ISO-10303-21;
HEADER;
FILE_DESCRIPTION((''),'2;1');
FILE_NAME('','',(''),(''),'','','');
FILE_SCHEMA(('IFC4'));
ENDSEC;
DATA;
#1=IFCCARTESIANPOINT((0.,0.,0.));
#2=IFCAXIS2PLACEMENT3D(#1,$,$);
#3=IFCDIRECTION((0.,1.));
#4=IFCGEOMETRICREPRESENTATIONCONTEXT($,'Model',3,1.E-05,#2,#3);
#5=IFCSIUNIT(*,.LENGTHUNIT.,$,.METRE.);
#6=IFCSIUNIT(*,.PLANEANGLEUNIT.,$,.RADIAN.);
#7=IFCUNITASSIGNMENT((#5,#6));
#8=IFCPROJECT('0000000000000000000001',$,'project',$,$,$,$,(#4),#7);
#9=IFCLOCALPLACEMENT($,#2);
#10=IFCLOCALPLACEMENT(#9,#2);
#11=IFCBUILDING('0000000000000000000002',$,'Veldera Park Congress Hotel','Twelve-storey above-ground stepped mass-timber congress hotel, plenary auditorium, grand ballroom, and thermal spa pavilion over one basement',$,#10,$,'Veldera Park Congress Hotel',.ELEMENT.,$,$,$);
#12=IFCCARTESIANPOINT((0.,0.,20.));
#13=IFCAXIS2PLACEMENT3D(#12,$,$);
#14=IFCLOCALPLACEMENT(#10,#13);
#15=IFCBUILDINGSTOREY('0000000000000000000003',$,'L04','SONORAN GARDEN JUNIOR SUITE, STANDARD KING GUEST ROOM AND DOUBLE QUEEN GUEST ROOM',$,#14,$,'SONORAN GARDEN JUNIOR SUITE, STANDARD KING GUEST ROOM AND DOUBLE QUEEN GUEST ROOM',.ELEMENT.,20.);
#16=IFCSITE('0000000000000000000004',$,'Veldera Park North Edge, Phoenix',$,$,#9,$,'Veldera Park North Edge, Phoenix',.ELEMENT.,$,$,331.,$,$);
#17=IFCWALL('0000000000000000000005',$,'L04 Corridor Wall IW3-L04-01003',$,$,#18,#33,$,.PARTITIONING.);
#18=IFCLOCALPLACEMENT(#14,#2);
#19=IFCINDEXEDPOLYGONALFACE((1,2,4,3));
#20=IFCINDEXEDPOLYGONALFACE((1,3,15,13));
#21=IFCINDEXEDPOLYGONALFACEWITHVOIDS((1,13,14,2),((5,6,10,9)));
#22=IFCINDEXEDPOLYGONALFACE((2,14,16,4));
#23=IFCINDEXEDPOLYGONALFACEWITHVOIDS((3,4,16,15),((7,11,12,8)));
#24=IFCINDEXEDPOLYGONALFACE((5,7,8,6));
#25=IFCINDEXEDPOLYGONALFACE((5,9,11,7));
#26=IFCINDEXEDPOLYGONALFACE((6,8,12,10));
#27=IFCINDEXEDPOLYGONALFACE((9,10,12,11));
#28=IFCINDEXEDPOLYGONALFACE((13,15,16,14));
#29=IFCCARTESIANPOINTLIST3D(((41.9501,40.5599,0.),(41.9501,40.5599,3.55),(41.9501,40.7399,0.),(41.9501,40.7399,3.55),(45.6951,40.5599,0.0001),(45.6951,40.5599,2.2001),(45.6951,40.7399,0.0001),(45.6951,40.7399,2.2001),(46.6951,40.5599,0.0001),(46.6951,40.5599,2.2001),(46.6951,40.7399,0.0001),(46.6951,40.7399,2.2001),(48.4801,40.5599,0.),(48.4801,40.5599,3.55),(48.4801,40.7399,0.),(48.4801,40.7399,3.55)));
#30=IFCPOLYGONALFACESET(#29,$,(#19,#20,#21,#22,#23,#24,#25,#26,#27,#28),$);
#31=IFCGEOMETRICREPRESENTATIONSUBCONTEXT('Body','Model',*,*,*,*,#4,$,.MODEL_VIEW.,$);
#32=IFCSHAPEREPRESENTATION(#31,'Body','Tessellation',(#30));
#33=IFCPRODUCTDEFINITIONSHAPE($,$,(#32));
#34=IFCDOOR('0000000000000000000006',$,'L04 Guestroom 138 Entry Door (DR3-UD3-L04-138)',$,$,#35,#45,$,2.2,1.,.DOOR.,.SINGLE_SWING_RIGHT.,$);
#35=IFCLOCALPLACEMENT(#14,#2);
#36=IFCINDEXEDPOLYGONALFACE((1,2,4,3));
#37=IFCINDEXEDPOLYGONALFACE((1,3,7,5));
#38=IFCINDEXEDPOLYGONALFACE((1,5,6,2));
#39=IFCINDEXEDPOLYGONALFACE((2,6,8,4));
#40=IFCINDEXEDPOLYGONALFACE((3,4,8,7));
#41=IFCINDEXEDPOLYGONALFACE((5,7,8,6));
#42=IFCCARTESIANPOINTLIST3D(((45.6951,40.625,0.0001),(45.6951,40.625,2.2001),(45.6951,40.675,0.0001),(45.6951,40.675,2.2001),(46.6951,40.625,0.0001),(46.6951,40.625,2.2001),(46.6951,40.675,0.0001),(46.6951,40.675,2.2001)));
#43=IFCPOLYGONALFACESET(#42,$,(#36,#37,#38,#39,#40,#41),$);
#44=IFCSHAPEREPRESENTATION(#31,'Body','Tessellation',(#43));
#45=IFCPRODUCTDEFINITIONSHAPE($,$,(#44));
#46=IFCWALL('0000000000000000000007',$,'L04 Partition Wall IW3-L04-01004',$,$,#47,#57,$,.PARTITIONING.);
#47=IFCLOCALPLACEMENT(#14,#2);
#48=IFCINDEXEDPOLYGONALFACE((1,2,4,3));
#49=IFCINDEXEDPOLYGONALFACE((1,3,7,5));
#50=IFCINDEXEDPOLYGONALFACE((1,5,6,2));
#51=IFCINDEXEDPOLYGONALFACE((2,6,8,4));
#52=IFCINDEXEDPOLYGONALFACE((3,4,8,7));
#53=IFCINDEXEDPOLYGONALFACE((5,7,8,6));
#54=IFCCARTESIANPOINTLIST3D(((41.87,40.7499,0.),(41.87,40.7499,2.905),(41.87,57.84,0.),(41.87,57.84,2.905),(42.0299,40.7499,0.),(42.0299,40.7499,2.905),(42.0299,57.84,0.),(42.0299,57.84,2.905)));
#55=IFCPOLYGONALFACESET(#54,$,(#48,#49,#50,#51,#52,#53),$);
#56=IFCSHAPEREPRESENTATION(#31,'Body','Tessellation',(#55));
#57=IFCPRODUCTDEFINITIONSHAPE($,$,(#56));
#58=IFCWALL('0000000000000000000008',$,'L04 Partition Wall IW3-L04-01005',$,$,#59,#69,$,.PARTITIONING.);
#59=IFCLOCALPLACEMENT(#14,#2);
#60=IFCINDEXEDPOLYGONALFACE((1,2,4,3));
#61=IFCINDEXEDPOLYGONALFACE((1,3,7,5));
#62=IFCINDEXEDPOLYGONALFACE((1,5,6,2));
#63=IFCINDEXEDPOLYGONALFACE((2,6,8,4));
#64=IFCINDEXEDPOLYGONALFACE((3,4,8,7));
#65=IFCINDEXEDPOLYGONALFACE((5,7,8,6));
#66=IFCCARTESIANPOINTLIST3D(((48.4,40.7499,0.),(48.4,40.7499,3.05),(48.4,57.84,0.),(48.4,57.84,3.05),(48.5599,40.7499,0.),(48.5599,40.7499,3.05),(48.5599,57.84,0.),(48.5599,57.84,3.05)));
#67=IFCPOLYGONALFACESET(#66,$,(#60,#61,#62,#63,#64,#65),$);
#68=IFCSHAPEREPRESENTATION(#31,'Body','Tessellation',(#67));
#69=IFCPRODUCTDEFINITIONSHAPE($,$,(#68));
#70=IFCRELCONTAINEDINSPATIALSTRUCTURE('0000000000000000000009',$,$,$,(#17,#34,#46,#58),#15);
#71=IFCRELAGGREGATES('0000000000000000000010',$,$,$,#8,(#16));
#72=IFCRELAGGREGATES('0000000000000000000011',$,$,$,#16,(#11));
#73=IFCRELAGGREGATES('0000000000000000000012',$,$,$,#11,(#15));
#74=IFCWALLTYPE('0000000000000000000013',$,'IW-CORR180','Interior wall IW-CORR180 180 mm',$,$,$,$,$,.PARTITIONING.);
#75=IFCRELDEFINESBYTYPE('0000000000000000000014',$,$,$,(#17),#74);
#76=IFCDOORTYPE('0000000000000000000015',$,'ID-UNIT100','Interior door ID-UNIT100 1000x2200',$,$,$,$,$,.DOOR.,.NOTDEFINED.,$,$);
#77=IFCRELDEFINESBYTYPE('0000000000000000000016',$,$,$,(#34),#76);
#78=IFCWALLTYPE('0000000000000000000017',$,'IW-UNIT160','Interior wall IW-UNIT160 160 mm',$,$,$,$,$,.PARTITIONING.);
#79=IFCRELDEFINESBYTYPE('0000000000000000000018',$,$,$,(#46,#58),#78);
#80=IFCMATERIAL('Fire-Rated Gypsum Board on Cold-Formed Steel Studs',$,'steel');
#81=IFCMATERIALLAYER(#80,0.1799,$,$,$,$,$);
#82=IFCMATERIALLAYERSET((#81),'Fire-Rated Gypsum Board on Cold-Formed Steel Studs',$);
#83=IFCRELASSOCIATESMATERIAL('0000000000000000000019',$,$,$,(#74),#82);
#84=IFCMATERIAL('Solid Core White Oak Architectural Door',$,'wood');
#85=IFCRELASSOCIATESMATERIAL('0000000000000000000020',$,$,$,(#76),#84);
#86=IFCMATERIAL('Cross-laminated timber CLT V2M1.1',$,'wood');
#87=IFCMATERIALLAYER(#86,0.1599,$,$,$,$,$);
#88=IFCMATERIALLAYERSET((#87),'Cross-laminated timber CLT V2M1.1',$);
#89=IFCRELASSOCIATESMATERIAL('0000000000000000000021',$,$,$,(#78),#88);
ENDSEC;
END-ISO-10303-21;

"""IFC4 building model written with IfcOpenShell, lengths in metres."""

from ifc_helpers import new_model, si_unit, direction, frame, frame_2d, origin, place, context, subcontext, project, spatial, rectangle, extrude, material, layer, layer_set, type_object, element, fill, save


model = new_model("IFC4")

# Units and contexts
model_context = context("Model", 3, precision=1e-05, world=origin(), true_north=direction((0.0, 1.0)))
body_context = subcontext(model_context, "Body", "Model", "MODEL_VIEW")
ifc_project = project(units=[si_unit("LENGTHUNIT", "METRE"), si_unit("PLANEANGLEUNIT", "RADIAN")], contexts=[model_context])

# Site, building, storey
site_placement = place(None, origin())
site = spatial("IfcSite", under=ifc_project, at=site_placement, Name="Veldera Park North Edge, Phoenix", LongName="Veldera Park North Edge, Phoenix", CompositionType="ELEMENT", RefElevation=331.0)
building_placement = place(site_placement, origin())
building = spatial("IfcBuilding", under=site, at=building_placement, Name="Veldera Park Congress Hotel", Description="Twelve-storey above-ground stepped mass-timber congress hotel, plenary auditorium, grand ballroom, and thermal spa pavilion over one basement", LongName="Veldera Park Congress Hotel", CompositionType="ELEMENT")
storey_placement = place(building_placement, frame((0.0, 0.0, 20.0)))
storey = spatial("IfcBuildingStorey", under=building, at=storey_placement, Name="L04", Description="SONORAN GARDEN JUNIOR SUITE, STANDARD KING GUEST ROOM AND DOUBLE QUEEN GUEST ROOM", LongName="SONORAN GARDEN JUNIOR SUITE, STANDARD KING GUEST ROOM AND DOUBLE QUEEN GUEST ROOM", CompositionType="ELEMENT", Elevation=20.0)

# Shared definitions
ifc_material_1 = material(Name="Cross-laminated timber CLT V2M1.1", Category="wood")

# Shared definitions
ifc_material_2 = material(Name="Fire-Rated Gypsum Board on Cold-Formed Steel Studs", Category="steel")
ifc_material_3 = material(Name="Solid Core White Oak Architectural Door", Category="wood")

# Wall, opening, door
ifc_layer_1 = layer(ifc_material_2, 0.1799)
ifc_layer_set_1 = layer_set([ifc_layer_1], Name="Fire-Rated Gypsum Board on Cold-Formed Steel Studs")
wall_type_1 = type_object("IfcWallType", Name="IW-CORR180", Description="Interior wall IW-CORR180 180 mm", PredefinedType="PARTITIONING", material=ifc_layer_set_1)
door_type_1 = type_object("IfcDoorType", Name="ID-UNIT100", Description="Interior door ID-UNIT100 1000x2200", OperationType="NOTDEFINED", PredefinedType="DOOR", material=ifc_material_3)
wall_1_placement = place(storey_placement, frame((41.95, 40.6499, 0.0), z_axis=(0.0, 0.0, 1.0), x_axis=(1.0, 0.0, 0.0)))
wall_1 = element("IfcWall", 1, at=wall_1_placement, inside=storey, type_object=wall_type_1, Name="L04 Corridor Wall IW3-L04-01003", PredefinedType="PARTITIONING", context=body_context, shape_type="SweptSolid", body=[
    extrude(rectangle(XDim=6.53, YDim=0.1799, at=frame_2d((3.2651, 0.0))), origin(), (0.0, 0.0, 1.0), 3.55),
])
opening_1_placement = place(wall_1_placement, frame((3.7451, 0.0, 0.0)))
opening_1 = element("IfcOpeningElement", 2, at=opening_1_placement, cuts=wall_1, PredefinedType="OPENING", context=body_context, shape_type="SweptSolid", body=[
    extrude(rectangle(XDim=1.0, YDim=2.2, at=frame_2d((0.5, 1.1001))), frame((0.0, 0.1021, 0.0), z_axis=(0.0, -1.0, 0.0), x_axis=(1.0, 0.0, 0.0)), (0.0, 0.0, 1.0), 0.2039),
])
door_1_placement = place(opening_1_placement, frame((1.0, 0.0, 0.0), z_axis=(0.0, 0.0, 1.0), x_axis=(-1.0, 0.0, 0.0)))
door_1 = element("IfcDoor", 3, at=door_1_placement, inside=storey, type_object=door_type_1, Name="L04 Guestroom 138 Entry Door (DR3-UD3-L04-138)", OperationType="SINGLE_SWING_RIGHT", OverallHeight=2.2, OverallWidth=1.0, PredefinedType="DOOR", context=body_context, shape_type="SweptSolid", body=[
    extrude(rectangle(XDim=1.0, YDim=2.2, at=frame_2d((0.5, 1.1001))), frame((0.0, 0.0249, 0.0), z_axis=(0.0, -1.0, 0.0), x_axis=(1.0, 0.0, 0.0)), (0.0, 0.0, 1.0), 0.05),
])
fill(opening_1, door_1)

# Walls
ifc_layer_2 = layer(ifc_material_1, 0.1599)
ifc_layer_set_2 = layer_set([ifc_layer_2], Name="Cross-laminated timber CLT V2M1.1")
wall_type_2 = type_object("IfcWallType", Name="IW-UNIT160", Description="Interior wall IW-UNIT160 160 mm", PredefinedType="PARTITIONING", material=ifc_layer_set_2)
wall_2_placement = place(storey_placement, frame((41.95, 40.75, 0.0), z_axis=(0.0, 0.0, 1.0), x_axis=(0.0, 1.0, 0.0)))
element("IfcWall", 4, at=wall_2_placement, inside=storey, type_object=wall_type_2, Name="L04 Partition Wall IW3-L04-01004", PredefinedType="PARTITIONING", context=body_context, shape_type="SweptSolid", body=[
    extrude(rectangle(XDim=17.0901, YDim=0.1599, at=frame_2d((8.5449, 0.0))), origin(), (0.0, 0.0, 1.0), 2.905),
])
wall_3_placement = place(storey_placement, frame((48.48, 40.75, 0.0), z_axis=(0.0, 0.0, 1.0), x_axis=(0.0, 1.0, 0.0)))
element("IfcWall", 5, at=wall_3_placement, inside=storey, type_object=wall_type_2, Name="L04 Partition Wall IW3-L04-01005", PredefinedType="PARTITIONING", context=body_context, shape_type="SweptSolid", body=[
    extrude(rectangle(XDim=17.0901, YDim=0.1599, at=frame_2d((8.5449, 0.0))), origin(), (0.0, 0.0, 1.0), 3.05),
])

save(model, "model.ifc")
